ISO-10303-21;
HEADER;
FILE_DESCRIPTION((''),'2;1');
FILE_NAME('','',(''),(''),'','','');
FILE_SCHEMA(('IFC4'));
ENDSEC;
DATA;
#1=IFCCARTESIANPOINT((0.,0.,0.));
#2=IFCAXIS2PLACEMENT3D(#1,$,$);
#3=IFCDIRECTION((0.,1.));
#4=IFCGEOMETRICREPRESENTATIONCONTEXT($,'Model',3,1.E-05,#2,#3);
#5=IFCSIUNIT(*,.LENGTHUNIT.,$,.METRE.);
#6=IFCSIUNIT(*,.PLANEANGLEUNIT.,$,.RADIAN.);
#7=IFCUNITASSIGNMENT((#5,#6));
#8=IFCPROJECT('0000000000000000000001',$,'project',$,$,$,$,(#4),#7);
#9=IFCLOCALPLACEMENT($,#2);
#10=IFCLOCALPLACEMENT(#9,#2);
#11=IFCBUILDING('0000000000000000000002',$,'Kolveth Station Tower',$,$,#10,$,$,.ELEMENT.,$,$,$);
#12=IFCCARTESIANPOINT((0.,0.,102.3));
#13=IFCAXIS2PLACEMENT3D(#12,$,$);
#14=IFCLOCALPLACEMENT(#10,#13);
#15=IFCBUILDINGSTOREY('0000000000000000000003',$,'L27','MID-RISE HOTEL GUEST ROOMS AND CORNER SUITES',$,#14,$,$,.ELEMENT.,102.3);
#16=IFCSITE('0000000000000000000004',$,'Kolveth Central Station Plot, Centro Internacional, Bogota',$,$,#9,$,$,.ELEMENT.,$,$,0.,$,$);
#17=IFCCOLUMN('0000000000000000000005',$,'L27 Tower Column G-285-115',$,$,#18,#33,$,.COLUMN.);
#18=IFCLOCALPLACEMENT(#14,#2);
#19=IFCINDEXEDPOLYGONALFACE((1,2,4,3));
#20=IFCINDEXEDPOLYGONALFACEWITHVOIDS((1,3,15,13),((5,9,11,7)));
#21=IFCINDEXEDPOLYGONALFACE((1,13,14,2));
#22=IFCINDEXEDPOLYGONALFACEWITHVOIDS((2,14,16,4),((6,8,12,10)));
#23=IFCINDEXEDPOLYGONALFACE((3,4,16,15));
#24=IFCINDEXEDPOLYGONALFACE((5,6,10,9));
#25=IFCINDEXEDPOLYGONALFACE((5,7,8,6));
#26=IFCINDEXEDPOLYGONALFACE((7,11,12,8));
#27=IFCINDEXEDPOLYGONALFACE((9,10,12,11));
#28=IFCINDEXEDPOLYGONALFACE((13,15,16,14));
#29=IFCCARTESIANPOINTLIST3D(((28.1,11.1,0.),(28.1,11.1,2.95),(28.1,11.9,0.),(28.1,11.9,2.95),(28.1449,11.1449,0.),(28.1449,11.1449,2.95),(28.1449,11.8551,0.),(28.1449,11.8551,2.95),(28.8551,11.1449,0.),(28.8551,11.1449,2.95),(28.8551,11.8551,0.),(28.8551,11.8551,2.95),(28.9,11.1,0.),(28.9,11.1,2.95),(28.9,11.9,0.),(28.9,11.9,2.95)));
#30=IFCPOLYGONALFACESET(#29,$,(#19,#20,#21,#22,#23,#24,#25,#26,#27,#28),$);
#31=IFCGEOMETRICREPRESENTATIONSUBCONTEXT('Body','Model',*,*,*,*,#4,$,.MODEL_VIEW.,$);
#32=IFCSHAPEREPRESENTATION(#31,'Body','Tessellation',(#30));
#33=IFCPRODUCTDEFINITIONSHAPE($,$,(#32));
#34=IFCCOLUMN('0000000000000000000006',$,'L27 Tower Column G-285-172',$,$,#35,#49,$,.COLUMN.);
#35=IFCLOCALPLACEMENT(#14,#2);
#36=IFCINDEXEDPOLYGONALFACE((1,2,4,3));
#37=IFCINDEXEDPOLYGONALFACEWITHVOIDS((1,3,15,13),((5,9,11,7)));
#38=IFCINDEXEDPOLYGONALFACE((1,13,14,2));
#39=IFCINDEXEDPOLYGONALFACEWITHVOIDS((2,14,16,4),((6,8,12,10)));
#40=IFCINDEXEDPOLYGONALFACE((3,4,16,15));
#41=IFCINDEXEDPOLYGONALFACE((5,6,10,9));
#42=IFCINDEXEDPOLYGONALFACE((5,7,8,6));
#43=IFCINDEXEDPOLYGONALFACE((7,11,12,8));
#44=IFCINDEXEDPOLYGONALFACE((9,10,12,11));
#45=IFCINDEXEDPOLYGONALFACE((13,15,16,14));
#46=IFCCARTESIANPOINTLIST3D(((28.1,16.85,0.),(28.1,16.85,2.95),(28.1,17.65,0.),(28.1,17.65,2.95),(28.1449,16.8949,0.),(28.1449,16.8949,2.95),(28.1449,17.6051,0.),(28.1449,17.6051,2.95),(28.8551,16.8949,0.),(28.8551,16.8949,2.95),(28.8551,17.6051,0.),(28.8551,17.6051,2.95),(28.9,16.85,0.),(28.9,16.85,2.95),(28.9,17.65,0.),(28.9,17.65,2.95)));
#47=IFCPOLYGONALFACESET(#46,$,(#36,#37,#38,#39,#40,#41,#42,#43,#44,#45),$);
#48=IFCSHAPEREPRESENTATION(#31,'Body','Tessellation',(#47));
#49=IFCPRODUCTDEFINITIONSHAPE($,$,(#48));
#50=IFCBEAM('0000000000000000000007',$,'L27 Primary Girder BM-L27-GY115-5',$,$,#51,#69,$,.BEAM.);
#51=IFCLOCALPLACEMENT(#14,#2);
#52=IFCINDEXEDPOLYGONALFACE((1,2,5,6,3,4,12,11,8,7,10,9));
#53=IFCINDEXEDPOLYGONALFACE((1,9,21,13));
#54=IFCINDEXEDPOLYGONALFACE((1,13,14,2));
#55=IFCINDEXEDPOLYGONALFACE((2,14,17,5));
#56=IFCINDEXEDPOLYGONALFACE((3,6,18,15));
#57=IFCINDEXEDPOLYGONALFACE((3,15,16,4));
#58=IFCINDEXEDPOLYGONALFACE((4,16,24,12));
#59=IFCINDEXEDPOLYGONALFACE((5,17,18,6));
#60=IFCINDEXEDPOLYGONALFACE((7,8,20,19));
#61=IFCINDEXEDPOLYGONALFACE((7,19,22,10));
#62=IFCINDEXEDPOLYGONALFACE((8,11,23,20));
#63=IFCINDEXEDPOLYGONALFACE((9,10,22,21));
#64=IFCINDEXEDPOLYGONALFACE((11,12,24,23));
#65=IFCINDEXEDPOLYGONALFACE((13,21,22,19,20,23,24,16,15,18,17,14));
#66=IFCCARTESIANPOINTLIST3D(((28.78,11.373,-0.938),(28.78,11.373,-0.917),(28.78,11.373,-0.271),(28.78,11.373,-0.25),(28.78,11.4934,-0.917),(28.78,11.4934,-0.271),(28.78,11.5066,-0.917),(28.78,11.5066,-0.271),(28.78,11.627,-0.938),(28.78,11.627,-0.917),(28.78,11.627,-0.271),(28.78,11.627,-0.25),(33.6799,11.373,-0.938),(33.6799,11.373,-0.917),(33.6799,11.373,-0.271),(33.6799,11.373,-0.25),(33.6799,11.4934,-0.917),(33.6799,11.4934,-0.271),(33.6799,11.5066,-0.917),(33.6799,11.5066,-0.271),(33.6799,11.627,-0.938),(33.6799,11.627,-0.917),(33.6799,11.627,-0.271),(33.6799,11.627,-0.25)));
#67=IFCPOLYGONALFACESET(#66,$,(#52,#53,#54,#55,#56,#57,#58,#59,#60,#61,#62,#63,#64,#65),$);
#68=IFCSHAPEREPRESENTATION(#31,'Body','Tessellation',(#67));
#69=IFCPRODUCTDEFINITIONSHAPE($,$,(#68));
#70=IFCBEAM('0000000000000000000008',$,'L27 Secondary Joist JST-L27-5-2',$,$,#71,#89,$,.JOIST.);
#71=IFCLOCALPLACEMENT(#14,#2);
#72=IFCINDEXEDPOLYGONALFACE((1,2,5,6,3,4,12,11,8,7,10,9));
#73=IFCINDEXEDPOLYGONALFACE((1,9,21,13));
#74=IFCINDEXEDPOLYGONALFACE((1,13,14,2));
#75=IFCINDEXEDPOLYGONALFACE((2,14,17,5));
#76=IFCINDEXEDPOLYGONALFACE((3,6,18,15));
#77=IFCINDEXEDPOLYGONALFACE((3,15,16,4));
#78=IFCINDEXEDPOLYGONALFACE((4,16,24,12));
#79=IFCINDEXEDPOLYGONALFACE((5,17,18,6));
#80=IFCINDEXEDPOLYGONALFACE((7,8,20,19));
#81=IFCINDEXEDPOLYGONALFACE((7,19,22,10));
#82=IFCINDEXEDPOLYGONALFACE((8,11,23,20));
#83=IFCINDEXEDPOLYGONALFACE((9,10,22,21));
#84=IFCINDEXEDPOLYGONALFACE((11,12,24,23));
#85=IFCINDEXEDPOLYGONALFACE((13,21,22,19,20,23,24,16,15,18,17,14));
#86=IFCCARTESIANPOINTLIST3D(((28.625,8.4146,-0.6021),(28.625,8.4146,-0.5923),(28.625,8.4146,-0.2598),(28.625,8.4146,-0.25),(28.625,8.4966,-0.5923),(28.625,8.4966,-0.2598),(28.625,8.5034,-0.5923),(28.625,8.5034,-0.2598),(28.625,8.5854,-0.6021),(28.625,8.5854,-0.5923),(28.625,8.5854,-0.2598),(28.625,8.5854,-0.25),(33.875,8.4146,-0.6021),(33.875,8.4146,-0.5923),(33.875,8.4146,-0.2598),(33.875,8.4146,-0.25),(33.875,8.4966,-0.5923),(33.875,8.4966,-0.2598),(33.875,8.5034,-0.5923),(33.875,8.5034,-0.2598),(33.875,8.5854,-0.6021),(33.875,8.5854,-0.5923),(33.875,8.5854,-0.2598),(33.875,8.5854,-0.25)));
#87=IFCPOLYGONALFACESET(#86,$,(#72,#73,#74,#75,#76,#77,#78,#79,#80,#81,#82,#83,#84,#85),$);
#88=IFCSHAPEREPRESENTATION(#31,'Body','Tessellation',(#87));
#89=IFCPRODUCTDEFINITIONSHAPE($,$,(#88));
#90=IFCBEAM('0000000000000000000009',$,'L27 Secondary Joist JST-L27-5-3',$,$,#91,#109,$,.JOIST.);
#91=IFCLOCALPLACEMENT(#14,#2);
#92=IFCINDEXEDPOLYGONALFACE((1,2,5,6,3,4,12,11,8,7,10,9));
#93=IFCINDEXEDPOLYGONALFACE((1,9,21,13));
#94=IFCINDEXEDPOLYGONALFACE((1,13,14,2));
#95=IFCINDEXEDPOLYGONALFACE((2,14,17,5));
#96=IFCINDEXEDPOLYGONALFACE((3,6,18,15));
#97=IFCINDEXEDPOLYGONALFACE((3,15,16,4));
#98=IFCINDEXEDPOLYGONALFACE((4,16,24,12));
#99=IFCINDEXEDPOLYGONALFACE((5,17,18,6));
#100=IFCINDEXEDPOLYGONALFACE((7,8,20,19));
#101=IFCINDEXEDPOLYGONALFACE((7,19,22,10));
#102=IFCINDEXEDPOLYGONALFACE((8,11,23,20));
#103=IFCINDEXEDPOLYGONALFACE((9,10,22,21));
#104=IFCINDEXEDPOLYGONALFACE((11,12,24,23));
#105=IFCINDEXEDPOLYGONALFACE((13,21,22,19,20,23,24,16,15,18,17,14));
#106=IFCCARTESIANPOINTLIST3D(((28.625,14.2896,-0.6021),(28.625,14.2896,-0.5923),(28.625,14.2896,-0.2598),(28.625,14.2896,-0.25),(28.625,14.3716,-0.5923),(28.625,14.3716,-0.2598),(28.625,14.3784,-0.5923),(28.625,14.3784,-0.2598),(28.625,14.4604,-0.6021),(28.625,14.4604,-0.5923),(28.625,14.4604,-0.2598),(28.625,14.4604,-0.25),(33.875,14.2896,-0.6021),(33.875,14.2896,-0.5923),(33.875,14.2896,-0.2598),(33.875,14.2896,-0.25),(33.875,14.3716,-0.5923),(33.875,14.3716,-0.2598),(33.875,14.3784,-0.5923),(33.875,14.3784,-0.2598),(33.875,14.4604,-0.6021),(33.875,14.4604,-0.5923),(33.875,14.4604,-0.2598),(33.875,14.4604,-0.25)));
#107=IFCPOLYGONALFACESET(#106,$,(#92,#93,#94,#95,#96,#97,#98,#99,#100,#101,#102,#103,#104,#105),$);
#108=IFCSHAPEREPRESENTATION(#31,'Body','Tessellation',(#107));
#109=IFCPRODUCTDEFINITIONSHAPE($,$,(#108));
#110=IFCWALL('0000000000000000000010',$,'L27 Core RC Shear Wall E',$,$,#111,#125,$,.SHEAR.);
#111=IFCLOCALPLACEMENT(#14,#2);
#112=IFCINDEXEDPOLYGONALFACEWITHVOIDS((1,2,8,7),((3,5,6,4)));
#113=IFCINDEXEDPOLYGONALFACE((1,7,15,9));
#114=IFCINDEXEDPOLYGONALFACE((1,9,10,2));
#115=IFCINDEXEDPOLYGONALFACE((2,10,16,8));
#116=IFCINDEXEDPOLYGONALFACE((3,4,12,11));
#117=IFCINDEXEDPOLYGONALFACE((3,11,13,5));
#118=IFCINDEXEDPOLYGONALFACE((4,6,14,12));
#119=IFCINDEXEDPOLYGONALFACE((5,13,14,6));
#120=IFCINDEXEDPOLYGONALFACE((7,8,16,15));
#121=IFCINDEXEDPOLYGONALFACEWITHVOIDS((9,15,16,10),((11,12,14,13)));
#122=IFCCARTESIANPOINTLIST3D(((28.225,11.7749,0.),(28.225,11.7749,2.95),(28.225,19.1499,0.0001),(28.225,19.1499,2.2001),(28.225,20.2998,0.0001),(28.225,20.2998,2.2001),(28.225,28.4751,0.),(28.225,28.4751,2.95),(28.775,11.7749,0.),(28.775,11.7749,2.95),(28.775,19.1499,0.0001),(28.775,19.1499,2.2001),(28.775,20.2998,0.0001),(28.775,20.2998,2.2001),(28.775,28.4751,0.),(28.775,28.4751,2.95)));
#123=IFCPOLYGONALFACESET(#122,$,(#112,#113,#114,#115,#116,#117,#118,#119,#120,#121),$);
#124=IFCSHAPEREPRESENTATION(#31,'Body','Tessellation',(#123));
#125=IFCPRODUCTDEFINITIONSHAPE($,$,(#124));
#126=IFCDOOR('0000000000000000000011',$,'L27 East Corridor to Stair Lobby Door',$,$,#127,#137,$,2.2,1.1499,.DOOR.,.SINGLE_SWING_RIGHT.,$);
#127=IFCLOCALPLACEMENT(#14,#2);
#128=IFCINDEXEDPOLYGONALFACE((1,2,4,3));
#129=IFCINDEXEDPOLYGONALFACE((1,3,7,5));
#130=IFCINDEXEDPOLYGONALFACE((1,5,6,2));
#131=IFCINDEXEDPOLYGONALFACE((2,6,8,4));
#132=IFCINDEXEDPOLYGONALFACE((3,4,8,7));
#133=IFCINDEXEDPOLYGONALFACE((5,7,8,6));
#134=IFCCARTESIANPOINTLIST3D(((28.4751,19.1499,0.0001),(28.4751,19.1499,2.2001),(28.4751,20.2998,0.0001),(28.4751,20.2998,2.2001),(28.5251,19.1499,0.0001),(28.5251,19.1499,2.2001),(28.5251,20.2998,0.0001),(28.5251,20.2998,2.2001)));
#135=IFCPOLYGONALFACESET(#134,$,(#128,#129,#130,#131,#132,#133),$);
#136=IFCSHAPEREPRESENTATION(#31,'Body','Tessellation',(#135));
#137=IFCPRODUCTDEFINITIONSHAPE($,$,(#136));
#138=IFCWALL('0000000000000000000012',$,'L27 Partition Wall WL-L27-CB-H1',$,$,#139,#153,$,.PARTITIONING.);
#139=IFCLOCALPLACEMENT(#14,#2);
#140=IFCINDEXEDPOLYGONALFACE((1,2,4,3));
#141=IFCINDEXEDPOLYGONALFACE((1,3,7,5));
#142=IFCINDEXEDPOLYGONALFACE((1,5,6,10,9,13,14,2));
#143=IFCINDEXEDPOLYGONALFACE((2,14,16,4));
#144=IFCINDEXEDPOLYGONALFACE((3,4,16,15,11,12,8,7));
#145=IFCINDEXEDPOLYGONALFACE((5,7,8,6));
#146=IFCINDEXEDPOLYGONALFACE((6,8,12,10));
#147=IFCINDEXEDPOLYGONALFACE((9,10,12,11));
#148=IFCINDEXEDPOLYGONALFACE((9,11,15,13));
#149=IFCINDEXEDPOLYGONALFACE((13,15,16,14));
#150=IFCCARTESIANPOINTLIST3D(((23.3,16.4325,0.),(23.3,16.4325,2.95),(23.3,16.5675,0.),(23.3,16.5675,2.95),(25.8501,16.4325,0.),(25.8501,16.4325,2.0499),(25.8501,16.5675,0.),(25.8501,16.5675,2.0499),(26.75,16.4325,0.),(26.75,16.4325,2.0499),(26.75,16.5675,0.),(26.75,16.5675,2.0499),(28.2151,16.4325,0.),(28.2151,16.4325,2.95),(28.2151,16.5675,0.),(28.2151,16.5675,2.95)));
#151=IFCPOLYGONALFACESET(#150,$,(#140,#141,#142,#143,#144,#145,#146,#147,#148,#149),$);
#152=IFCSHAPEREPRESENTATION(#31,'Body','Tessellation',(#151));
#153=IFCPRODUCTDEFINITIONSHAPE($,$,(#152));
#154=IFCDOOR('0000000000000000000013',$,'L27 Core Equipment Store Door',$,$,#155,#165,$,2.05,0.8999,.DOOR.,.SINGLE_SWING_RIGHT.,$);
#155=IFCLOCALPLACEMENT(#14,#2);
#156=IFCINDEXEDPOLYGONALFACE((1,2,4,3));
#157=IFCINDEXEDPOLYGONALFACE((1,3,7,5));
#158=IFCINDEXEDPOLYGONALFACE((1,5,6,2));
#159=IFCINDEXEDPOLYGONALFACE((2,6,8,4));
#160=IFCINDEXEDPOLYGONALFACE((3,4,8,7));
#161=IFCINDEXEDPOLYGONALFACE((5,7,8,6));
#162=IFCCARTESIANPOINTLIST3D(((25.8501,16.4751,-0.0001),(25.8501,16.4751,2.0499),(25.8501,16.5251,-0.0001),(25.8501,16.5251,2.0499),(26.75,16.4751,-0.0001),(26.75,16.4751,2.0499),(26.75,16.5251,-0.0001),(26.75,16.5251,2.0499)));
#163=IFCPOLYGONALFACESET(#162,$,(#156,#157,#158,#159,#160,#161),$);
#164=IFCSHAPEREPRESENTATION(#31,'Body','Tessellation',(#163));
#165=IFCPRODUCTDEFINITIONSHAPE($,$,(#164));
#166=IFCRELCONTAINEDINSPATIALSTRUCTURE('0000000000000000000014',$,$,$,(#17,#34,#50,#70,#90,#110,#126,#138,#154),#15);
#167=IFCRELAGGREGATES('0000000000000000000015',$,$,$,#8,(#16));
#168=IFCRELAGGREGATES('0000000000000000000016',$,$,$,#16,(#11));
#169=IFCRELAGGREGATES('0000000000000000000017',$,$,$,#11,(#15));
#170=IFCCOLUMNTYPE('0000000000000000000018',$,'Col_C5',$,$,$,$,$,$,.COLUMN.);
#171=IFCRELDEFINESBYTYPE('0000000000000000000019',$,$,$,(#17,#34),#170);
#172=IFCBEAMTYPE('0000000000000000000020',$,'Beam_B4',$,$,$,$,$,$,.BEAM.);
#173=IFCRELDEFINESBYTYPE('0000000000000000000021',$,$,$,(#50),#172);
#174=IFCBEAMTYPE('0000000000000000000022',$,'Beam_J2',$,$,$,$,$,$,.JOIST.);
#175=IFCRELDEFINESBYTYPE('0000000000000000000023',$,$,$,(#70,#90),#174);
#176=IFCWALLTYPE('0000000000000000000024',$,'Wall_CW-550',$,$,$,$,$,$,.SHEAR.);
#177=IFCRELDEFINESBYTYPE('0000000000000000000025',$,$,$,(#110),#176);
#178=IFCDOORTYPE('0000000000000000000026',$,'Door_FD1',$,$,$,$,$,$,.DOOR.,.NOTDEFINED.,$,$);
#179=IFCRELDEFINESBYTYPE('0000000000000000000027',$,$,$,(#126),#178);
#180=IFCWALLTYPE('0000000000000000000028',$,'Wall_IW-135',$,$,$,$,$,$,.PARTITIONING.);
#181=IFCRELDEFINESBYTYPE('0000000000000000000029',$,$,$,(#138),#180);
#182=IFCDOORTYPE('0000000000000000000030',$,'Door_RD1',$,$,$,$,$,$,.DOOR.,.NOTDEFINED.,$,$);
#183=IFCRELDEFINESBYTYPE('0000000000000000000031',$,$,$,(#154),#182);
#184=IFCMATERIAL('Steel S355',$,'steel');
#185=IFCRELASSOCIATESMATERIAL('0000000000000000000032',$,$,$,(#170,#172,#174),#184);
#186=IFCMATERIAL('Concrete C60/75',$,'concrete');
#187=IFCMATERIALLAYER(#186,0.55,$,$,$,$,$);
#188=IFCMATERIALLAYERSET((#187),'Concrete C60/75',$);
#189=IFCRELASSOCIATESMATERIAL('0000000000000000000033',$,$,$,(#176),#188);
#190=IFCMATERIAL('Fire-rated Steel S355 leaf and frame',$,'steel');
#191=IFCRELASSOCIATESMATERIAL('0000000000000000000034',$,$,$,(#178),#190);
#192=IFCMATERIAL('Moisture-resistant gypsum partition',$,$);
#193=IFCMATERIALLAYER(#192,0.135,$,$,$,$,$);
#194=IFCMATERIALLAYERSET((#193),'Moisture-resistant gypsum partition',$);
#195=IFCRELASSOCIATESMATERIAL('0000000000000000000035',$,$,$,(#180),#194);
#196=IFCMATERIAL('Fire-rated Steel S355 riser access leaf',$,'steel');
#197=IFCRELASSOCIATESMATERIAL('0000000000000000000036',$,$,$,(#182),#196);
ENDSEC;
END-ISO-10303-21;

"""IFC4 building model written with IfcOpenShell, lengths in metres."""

from ifc_helpers import new_model, si_unit, direction, frame, frame_2d, origin, origin_2d, place, context, subcontext, project, spatial, rectangle, hollow_rectangle, i_section, extrude, source, transform, mapped, material, layer, layer_set, material_profile, profile_set, type_object, element, fill, save


model = new_model("IFC4")

# Units and contexts
model_context = context("Model", 3, precision=1e-05, world=origin(), true_north=direction((0.0, 1.0)))
body_context = subcontext(model_context, "Body", "Model", "MODEL_VIEW")
ifc_project = project(units=[si_unit("LENGTHUNIT", "METRE"), si_unit("PLANEANGLEUNIT", "RADIAN")], contexts=[model_context])

# Site, building, storey
site_placement = place(None, origin())
site = spatial("IfcSite", under=ifc_project, at=site_placement, Name="Kolveth Central Station Plot, Centro Internacional, Bogota", CompositionType="ELEMENT", RefElevation=0.0)
building_placement = place(site_placement, origin())
building = spatial("IfcBuilding", under=site, at=building_placement, Name="Kolveth Station Tower", CompositionType="ELEMENT")
storey_placement = place(building_placement, frame((0.0, 0.0, 102.3)))
storey = spatial("IfcBuildingStorey", under=building, at=storey_placement, Name="L27", Description="MID-RISE HOTEL GUEST ROOMS AND CORNER SUITES", CompositionType="ELEMENT", Elevation=102.3)

# Columns
ifc_material_1 = material(Name="Steel S355", Category="steel")
ifc_material_profile_1 = material_profile(ifc_material_1, hollow_rectangle(XDim=0.8, YDim=0.8, WallThickness=0.0449, at=origin_2d()), Name="BOX800x800x45")
ifc_profile_set_1 = profile_set([ifc_material_profile_1], Name="Steel S355")
column_type = type_object("IfcColumnType", Name="Col_C5", PredefinedType="COLUMN", material=ifc_profile_set_1)
shared_shape_1 = source(origin(), body_context, "Body", "SweptSolid", [
    extrude(hollow_rectangle(XDim=0.8, YDim=0.8, WallThickness=0.0449, at=origin_2d()), origin(), (0.0, 0.0, 1.0), 2.95),
])
for number, where, z_axis, x_axis, name in (
    (1, (28.5, 11.5, 0.0), (0.0, 0.0, 1.0), (1.0, 0.0, 0.0), "L27 Tower Column G-285-115"),
    (2, (28.5, 17.25, 0.0), (0.0, 0.0, 1.0), (1.0, 0.0, 0.0), "L27 Tower Column G-285-172"),
):
    element("IfcColumn", number, at=place(storey_placement, frame(where, z_axis=z_axis, x_axis=x_axis)), inside=storey, type_object=column_type, Name=name, PredefinedType="COLUMN", context=body_context, shape_type="MappedRepresentation", body=[
        mapped(shared_shape_1, transform((0.0, 0.0, 0.0), x_axis=(1.0, 0.0, 0.0), y_axis=(0.0, 1.0, 0.0), z_axis=(0.0, 0.0, 1.0), scale=1.0)),
    ])

# Beams
ifc_material_profile_2 = material_profile(ifc_material_1, i_section(OverallWidth=0.2539, OverallDepth=0.688, WebThickness=0.0132, FlangeThickness=0.021, at=origin_2d()), Name="W690x152")
ifc_profile_set_2 = profile_set([ifc_material_profile_2], Name="Steel S355")
beam_type_1 = type_object("IfcBeamType", Name="Beam_B4", PredefinedType="BEAM", material=ifc_profile_set_2)
shared_shape_2 = source(origin(), body_context, "Body", "SweptSolid", [
    extrude(i_section(OverallWidth=0.2539, OverallDepth=0.688, WebThickness=0.0132, FlangeThickness=0.021, at=origin_2d()), origin(), (0.0, 0.0, 1.0), 4.8999),
])
beam_placement = place(storey_placement, frame((28.78, 11.5, -0.594), z_axis=(1.0, 0.0, 0.0), x_axis=(0.0, 1.0, 0.0)))
element("IfcBeam", 3, at=beam_placement, inside=storey, type_object=beam_type_1, Name="L27 Primary Girder BM-L27-GY115-5", PredefinedType="BEAM", context=body_context, shape_type="MappedRepresentation", body=[
    mapped(shared_shape_2, transform((0.0, 0.0, 0.0), x_axis=(1.0, 0.0, 0.0), y_axis=(0.0, 1.0, 0.0), z_axis=(0.0, 0.0, 1.0), scale=1.0)),
])
ifc_material_profile_3 = material_profile(ifc_material_1, i_section(OverallWidth=0.1709, OverallDepth=0.3521, WebThickness=0.0068, FlangeThickness=0.0098, at=origin_2d()), Name="W360x44")
ifc_profile_set_3 = profile_set([ifc_material_profile_3], Name="Steel S355")
beam_type_2 = type_object("IfcBeamType", Name="Beam_J2", PredefinedType="JOIST", material=ifc_profile_set_3)
shared_shape_3 = source(origin(), body_context, "Body", "SweptSolid", [
    extrude(i_section(OverallWidth=0.1709, OverallDepth=0.3521, WebThickness=0.0068, FlangeThickness=0.0098, at=origin_2d()), origin(), (0.0, 0.0, 1.0), 5.25),
])
for number, where, z_axis, x_axis, name in (
    (4, (28.625, 8.5, -0.426), (1.0, 0.0, 0.0), (0.0, 1.0, 0.0), "L27 Secondary Joist JST-L27-5-2"),
    (5, (28.625, 14.375, -0.426), (1.0, 0.0, 0.0), (0.0, 1.0, 0.0), "L27 Secondary Joist JST-L27-5-3"),
):
    element("IfcBeam", number, at=place(storey_placement, frame(where, z_axis=z_axis, x_axis=x_axis)), inside=storey, type_object=beam_type_2, Name=name, PredefinedType="JOIST", context=body_context, shape_type="MappedRepresentation", body=[
        mapped(shared_shape_3, transform((0.0, 0.0, 0.0), x_axis=(1.0, 0.0, 0.0), y_axis=(0.0, 1.0, 0.0), z_axis=(0.0, 0.0, 1.0), scale=1.0)),
    ])

# Walls, openings, doors
ifc_material_2 = material(Name="Concrete C60/75", Category="concrete")
ifc_layer_1 = layer(ifc_material_2, 0.55)
ifc_layer_set_1 = layer_set([ifc_layer_1], Name="Concrete C60/75")
wall_type_1 = type_object("IfcWallType", Name="Wall_CW-550", PredefinedType="SHEAR", material=ifc_layer_set_1)
wall_1_placement = place(storey_placement, frame((28.5, 11.7749, 0.0), z_axis=(0.0, 0.0, 1.0), x_axis=(0.0, 1.0, 0.0)))
wall_1 = element("IfcWall", 6, at=wall_1_placement, inside=storey, type_object=wall_type_1, Name="L27 Core RC Shear Wall E", PredefinedType="SHEAR", context=body_context, shape_type="SweptSolid", body=[
    extrude(rectangle(XDim=16.7002, YDim=0.55, at=frame_2d((8.3501, 0.0))), origin(), (0.0, 0.0, 1.0), 2.95),
])
opening_1_placement = place(wall_1_placement, frame((7.375, 0.0, 0.0)))
opening_1 = element("IfcOpeningElement", 7, at=opening_1_placement, cuts=wall_1, PredefinedType="OPENING", context=body_context, shape_type="SweptSolid", body=[
    extrude(rectangle(XDim=1.1499, YDim=2.2, at=frame_2d((0.575, 1.1001))), frame((0.0, 0.2849, 0.0), z_axis=(0.0, -1.0, 0.0), x_axis=(1.0, 0.0, 0.0)), (0.0, 0.0, 1.0), 0.5701),
])
ifc_material_3 = material(Name="Fire-rated Steel S355 leaf and frame", Category="steel")
door_type_1 = type_object("IfcDoorType", Name="Door_FD1", OperationType="NOTDEFINED", PredefinedType="DOOR", material=ifc_material_3)
door_1_placement = place(opening_1_placement, origin())
door_1 = element("IfcDoor", 8, at=door_1_placement, inside=storey, type_object=door_type_1, Name="L27 East Corridor to Stair Lobby Door", OperationType="SINGLE_SWING_RIGHT", OverallHeight=2.2, OverallWidth=1.1499, PredefinedType="DOOR", context=body_context, shape_type="SweptSolid", body=[
    extrude(rectangle(XDim=1.1499, YDim=2.2, at=frame_2d((0.575, 1.1001))), frame((0.0, 0.0249, 0.0), z_axis=(0.0, -1.0, 0.0), x_axis=(1.0, 0.0, 0.0)), (0.0, 0.0, 1.0), 0.05),
])
fill(opening_1, door_1)
ifc_material_4 = material(Name="Moisture-resistant gypsum partition")
ifc_layer_2 = layer(ifc_material_4, 0.135)
ifc_layer_set_2 = layer_set([ifc_layer_2], Name="Moisture-resistant gypsum partition")
wall_type_2 = type_object("IfcWallType", Name="Wall_IW-135", PredefinedType="PARTITIONING", material=ifc_layer_set_2)
wall_2_placement = place(storey_placement, frame((23.3, 16.5, 0.0), z_axis=(0.0, 0.0, 1.0), x_axis=(1.0, 0.0, 0.0)))
wall_2 = element("IfcWall", 9, at=wall_2_placement, inside=storey, type_object=wall_type_2, Name="L27 Partition Wall WL-L27-CB-H1", PredefinedType="PARTITIONING", context=body_context, shape_type="SweptSolid", body=[
    extrude(rectangle(XDim=4.915, YDim=0.135, at=frame_2d((2.4575, 0.0))), origin(), (0.0, 0.0, 1.0), 2.95),
])
opening_2_placement = place(wall_2_placement, frame((2.55, 0.0, 0.0)))
opening_2 = element("IfcOpeningElement", 10, at=opening_2_placement, cuts=wall_2, PredefinedType="OPENING", context=body_context, shape_type="SweptSolid", body=[
    extrude(rectangle(XDim=0.8999, YDim=2.05, at=frame_2d((0.45, 1.0249))), frame((0.0, 0.0774, 0.0), z_axis=(0.0, -1.0, 0.0), x_axis=(1.0, 0.0, 0.0)), (0.0, 0.0, 1.0), 0.155),
])
ifc_material_5 = material(Name="Fire-rated Steel S355 riser access leaf", Category="steel")
door_type_2 = type_object("IfcDoorType", Name="Door_RD1", OperationType="NOTDEFINED", PredefinedType="DOOR", material=ifc_material_5)
door_2_placement = place(opening_2_placement, frame((0.8999, 0.0, 0.0), z_axis=(0.0, 0.0, 1.0), x_axis=(-1.0, 0.0, 0.0)))
door_2 = element("IfcDoor", 11, at=door_2_placement, inside=storey, type_object=door_type_2, Name="L27 Core Equipment Store Door", OperationType="SINGLE_SWING_RIGHT", OverallHeight=2.05, OverallWidth=0.8999, PredefinedType="DOOR", context=body_context, shape_type="SweptSolid", body=[
    extrude(rectangle(XDim=0.8999, YDim=2.05, at=frame_2d((0.45, 1.0249))), frame((0.0, 0.0249, 0.0), z_axis=(0.0, -1.0, 0.0), x_axis=(1.0, 0.0, 0.0)), (0.0, 0.0, 1.0), 0.05),
])
fill(opening_2, door_2)

save(model, "model.ifc")
